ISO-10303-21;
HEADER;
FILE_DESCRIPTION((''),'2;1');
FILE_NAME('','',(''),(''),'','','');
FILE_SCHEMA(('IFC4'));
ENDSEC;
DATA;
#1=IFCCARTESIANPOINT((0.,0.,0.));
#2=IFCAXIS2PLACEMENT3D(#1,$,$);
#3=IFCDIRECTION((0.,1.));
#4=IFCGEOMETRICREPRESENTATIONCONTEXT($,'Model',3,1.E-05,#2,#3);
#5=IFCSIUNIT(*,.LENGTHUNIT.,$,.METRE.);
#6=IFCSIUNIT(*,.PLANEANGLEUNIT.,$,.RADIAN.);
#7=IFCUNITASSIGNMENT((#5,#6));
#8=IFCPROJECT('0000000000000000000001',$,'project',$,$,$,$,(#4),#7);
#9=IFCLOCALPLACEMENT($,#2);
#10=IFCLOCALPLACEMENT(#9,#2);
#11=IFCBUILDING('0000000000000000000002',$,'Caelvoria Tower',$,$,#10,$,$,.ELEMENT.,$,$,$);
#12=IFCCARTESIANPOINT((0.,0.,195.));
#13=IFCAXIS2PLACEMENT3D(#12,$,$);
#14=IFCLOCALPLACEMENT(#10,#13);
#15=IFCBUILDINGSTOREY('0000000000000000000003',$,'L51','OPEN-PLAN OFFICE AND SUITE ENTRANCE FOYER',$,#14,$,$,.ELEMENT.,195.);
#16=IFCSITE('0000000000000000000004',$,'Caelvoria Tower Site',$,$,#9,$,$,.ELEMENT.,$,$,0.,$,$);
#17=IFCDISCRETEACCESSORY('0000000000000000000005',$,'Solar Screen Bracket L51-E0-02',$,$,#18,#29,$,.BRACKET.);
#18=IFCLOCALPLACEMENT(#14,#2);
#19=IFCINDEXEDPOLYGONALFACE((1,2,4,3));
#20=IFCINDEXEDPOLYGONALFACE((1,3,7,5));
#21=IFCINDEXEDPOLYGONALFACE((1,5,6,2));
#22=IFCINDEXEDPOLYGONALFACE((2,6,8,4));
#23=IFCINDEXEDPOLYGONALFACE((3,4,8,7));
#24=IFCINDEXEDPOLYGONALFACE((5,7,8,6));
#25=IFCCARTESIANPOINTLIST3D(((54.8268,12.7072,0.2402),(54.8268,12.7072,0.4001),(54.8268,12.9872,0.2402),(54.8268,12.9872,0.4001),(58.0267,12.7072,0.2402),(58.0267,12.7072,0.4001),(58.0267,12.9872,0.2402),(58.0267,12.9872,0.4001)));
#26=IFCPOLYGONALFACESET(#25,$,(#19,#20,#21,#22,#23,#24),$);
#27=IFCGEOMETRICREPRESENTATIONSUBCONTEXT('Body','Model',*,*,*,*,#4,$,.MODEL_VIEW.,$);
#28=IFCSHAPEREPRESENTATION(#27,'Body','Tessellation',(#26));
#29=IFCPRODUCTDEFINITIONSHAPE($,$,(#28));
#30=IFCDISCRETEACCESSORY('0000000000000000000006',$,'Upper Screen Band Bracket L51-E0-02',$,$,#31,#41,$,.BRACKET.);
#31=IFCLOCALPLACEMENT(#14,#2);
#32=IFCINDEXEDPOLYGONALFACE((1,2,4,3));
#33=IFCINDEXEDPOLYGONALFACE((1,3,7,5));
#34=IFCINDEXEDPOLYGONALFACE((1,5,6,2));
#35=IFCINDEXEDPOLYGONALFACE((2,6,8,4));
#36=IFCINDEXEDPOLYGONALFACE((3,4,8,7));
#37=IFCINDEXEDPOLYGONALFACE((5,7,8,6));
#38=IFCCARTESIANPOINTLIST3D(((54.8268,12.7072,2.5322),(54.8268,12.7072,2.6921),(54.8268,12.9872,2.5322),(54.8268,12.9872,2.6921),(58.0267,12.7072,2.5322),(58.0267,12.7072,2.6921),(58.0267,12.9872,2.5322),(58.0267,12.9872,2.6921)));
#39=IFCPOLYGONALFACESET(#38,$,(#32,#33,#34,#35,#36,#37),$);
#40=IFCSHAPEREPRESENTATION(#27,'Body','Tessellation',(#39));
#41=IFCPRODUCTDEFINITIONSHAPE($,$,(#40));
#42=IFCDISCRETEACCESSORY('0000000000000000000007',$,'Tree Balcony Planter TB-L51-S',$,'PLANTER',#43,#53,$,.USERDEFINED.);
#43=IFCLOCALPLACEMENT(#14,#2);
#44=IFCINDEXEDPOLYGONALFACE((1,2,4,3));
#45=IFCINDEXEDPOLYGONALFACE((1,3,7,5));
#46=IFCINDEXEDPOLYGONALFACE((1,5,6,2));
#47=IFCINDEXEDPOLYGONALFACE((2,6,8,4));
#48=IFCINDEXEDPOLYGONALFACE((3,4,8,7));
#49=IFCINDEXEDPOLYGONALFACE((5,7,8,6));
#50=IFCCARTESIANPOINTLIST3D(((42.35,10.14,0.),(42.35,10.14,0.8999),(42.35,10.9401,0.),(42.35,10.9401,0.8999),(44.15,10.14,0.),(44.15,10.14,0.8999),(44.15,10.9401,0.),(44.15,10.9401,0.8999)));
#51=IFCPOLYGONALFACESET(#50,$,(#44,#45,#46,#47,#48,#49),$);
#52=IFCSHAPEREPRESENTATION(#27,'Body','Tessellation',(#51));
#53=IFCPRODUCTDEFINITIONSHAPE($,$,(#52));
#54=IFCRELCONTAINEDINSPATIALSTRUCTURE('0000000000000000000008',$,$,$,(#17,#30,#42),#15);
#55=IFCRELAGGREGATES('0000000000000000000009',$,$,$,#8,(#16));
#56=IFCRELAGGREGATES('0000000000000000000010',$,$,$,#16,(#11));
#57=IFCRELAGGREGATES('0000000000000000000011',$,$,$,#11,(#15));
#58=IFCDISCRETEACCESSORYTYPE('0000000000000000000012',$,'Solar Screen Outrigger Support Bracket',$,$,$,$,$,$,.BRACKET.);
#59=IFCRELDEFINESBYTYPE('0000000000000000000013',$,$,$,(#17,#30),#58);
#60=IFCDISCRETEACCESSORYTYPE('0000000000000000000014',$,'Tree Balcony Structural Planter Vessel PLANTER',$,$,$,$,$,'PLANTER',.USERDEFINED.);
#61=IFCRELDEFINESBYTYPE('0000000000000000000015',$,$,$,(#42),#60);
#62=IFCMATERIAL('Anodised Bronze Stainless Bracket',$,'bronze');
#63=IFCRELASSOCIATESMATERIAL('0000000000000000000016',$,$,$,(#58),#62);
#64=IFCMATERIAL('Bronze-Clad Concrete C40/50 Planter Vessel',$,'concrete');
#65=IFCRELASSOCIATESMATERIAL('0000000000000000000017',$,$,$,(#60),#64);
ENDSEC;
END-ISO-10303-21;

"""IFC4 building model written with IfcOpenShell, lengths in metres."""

from ifc_helpers import new_model, si_unit, direction, frame, origin, origin_2d, place, context, subcontext, project, spatial, rectangle, extrude, material, type_object, element, save


model = new_model("IFC4")

# Units and contexts
model_context = context("Model", 3, precision=1e-05, world=origin(), true_north=direction((0.0, 1.0)))
body_context = subcontext(model_context, "Body", "Model", "MODEL_VIEW")
ifc_project = project(units=[si_unit("LENGTHUNIT", "METRE"), si_unit("PLANEANGLEUNIT", "RADIAN")], contexts=[model_context])

# Site, building, storey
site_placement = place(None, origin())
site = spatial("IfcSite", under=ifc_project, at=site_placement, Name="Caelvoria Tower Site", CompositionType="ELEMENT", RefElevation=0.0)
building_placement = place(site_placement, origin())
building = spatial("IfcBuilding", under=site, at=building_placement, Name="Caelvoria Tower", CompositionType="ELEMENT")
storey_placement = place(building_placement, frame((0.0, 0.0, 195.0)))
storey = spatial("IfcBuildingStorey", under=building, at=storey_placement, Name="L51", Description="OPEN-PLAN OFFICE AND SUITE ENTRANCE FOYER", CompositionType="ELEMENT", Elevation=195.0)

# Discrete accessories
ifc_material_1 = material(Name="Anodised Bronze Stainless Bracket", Category="bronze")
discrete_accessory_type_1 = type_object("IfcDiscreteAccessoryType", Name="Solar Screen Outrigger Support Bracket", PredefinedType="BRACKET", material=ifc_material_1)
for number, where, z_axis, x_axis, name in (
    (1, (56.4268, 12.8472, 0.2402), (0.0, 0.0, 1.0), (1.0, 0.0, 0.0), "Solar Screen Bracket L51-E0-02"),
    (2, (56.4268, 12.8472, 2.5322), (0.0, 0.0, 1.0), (1.0, 0.0, 0.0), "Upper Screen Band Bracket L51-E0-02"),
):
    element("IfcDiscreteAccessory", number, at=place(storey_placement, frame(where, z_axis=z_axis, x_axis=x_axis)), inside=storey, type_object=discrete_accessory_type_1, Name=name, PredefinedType="BRACKET", context=body_context, shape_type="SweptSolid", body=[
        extrude(rectangle(XDim=3.2, YDim=0.28, at=origin_2d()), origin(), (0.0, 0.0, 1.0), 0.1599),
    ])
ifc_material_2 = material(Name="Bronze-Clad Concrete C40/50 Planter Vessel", Category="concrete")
discrete_accessory_type_2 = type_object("IfcDiscreteAccessoryType", Name="Tree Balcony Structural Planter Vessel PLANTER", ElementType="PLANTER", PredefinedType="USERDEFINED", material=ifc_material_2)
discrete_accessory_placement = place(storey_placement, frame((43.25, 10.54, 0.0), z_axis=(0.0, 0.0, 1.0), x_axis=(1.0, 0.0, 0.0)))
element("IfcDiscreteAccessory", 3, at=discrete_accessory_placement, inside=storey, type_object=discrete_accessory_type_2, Name="Tree Balcony Planter TB-L51-S", ObjectType="PLANTER", PredefinedType="USERDEFINED", context=body_context, shape_type="SweptSolid", body=[
    extrude(rectangle(XDim=1.8, YDim=0.8, at=origin_2d()), origin(), (0.0, 0.0, 1.0), 0.8999),
])

save(model, "model.ifc")
